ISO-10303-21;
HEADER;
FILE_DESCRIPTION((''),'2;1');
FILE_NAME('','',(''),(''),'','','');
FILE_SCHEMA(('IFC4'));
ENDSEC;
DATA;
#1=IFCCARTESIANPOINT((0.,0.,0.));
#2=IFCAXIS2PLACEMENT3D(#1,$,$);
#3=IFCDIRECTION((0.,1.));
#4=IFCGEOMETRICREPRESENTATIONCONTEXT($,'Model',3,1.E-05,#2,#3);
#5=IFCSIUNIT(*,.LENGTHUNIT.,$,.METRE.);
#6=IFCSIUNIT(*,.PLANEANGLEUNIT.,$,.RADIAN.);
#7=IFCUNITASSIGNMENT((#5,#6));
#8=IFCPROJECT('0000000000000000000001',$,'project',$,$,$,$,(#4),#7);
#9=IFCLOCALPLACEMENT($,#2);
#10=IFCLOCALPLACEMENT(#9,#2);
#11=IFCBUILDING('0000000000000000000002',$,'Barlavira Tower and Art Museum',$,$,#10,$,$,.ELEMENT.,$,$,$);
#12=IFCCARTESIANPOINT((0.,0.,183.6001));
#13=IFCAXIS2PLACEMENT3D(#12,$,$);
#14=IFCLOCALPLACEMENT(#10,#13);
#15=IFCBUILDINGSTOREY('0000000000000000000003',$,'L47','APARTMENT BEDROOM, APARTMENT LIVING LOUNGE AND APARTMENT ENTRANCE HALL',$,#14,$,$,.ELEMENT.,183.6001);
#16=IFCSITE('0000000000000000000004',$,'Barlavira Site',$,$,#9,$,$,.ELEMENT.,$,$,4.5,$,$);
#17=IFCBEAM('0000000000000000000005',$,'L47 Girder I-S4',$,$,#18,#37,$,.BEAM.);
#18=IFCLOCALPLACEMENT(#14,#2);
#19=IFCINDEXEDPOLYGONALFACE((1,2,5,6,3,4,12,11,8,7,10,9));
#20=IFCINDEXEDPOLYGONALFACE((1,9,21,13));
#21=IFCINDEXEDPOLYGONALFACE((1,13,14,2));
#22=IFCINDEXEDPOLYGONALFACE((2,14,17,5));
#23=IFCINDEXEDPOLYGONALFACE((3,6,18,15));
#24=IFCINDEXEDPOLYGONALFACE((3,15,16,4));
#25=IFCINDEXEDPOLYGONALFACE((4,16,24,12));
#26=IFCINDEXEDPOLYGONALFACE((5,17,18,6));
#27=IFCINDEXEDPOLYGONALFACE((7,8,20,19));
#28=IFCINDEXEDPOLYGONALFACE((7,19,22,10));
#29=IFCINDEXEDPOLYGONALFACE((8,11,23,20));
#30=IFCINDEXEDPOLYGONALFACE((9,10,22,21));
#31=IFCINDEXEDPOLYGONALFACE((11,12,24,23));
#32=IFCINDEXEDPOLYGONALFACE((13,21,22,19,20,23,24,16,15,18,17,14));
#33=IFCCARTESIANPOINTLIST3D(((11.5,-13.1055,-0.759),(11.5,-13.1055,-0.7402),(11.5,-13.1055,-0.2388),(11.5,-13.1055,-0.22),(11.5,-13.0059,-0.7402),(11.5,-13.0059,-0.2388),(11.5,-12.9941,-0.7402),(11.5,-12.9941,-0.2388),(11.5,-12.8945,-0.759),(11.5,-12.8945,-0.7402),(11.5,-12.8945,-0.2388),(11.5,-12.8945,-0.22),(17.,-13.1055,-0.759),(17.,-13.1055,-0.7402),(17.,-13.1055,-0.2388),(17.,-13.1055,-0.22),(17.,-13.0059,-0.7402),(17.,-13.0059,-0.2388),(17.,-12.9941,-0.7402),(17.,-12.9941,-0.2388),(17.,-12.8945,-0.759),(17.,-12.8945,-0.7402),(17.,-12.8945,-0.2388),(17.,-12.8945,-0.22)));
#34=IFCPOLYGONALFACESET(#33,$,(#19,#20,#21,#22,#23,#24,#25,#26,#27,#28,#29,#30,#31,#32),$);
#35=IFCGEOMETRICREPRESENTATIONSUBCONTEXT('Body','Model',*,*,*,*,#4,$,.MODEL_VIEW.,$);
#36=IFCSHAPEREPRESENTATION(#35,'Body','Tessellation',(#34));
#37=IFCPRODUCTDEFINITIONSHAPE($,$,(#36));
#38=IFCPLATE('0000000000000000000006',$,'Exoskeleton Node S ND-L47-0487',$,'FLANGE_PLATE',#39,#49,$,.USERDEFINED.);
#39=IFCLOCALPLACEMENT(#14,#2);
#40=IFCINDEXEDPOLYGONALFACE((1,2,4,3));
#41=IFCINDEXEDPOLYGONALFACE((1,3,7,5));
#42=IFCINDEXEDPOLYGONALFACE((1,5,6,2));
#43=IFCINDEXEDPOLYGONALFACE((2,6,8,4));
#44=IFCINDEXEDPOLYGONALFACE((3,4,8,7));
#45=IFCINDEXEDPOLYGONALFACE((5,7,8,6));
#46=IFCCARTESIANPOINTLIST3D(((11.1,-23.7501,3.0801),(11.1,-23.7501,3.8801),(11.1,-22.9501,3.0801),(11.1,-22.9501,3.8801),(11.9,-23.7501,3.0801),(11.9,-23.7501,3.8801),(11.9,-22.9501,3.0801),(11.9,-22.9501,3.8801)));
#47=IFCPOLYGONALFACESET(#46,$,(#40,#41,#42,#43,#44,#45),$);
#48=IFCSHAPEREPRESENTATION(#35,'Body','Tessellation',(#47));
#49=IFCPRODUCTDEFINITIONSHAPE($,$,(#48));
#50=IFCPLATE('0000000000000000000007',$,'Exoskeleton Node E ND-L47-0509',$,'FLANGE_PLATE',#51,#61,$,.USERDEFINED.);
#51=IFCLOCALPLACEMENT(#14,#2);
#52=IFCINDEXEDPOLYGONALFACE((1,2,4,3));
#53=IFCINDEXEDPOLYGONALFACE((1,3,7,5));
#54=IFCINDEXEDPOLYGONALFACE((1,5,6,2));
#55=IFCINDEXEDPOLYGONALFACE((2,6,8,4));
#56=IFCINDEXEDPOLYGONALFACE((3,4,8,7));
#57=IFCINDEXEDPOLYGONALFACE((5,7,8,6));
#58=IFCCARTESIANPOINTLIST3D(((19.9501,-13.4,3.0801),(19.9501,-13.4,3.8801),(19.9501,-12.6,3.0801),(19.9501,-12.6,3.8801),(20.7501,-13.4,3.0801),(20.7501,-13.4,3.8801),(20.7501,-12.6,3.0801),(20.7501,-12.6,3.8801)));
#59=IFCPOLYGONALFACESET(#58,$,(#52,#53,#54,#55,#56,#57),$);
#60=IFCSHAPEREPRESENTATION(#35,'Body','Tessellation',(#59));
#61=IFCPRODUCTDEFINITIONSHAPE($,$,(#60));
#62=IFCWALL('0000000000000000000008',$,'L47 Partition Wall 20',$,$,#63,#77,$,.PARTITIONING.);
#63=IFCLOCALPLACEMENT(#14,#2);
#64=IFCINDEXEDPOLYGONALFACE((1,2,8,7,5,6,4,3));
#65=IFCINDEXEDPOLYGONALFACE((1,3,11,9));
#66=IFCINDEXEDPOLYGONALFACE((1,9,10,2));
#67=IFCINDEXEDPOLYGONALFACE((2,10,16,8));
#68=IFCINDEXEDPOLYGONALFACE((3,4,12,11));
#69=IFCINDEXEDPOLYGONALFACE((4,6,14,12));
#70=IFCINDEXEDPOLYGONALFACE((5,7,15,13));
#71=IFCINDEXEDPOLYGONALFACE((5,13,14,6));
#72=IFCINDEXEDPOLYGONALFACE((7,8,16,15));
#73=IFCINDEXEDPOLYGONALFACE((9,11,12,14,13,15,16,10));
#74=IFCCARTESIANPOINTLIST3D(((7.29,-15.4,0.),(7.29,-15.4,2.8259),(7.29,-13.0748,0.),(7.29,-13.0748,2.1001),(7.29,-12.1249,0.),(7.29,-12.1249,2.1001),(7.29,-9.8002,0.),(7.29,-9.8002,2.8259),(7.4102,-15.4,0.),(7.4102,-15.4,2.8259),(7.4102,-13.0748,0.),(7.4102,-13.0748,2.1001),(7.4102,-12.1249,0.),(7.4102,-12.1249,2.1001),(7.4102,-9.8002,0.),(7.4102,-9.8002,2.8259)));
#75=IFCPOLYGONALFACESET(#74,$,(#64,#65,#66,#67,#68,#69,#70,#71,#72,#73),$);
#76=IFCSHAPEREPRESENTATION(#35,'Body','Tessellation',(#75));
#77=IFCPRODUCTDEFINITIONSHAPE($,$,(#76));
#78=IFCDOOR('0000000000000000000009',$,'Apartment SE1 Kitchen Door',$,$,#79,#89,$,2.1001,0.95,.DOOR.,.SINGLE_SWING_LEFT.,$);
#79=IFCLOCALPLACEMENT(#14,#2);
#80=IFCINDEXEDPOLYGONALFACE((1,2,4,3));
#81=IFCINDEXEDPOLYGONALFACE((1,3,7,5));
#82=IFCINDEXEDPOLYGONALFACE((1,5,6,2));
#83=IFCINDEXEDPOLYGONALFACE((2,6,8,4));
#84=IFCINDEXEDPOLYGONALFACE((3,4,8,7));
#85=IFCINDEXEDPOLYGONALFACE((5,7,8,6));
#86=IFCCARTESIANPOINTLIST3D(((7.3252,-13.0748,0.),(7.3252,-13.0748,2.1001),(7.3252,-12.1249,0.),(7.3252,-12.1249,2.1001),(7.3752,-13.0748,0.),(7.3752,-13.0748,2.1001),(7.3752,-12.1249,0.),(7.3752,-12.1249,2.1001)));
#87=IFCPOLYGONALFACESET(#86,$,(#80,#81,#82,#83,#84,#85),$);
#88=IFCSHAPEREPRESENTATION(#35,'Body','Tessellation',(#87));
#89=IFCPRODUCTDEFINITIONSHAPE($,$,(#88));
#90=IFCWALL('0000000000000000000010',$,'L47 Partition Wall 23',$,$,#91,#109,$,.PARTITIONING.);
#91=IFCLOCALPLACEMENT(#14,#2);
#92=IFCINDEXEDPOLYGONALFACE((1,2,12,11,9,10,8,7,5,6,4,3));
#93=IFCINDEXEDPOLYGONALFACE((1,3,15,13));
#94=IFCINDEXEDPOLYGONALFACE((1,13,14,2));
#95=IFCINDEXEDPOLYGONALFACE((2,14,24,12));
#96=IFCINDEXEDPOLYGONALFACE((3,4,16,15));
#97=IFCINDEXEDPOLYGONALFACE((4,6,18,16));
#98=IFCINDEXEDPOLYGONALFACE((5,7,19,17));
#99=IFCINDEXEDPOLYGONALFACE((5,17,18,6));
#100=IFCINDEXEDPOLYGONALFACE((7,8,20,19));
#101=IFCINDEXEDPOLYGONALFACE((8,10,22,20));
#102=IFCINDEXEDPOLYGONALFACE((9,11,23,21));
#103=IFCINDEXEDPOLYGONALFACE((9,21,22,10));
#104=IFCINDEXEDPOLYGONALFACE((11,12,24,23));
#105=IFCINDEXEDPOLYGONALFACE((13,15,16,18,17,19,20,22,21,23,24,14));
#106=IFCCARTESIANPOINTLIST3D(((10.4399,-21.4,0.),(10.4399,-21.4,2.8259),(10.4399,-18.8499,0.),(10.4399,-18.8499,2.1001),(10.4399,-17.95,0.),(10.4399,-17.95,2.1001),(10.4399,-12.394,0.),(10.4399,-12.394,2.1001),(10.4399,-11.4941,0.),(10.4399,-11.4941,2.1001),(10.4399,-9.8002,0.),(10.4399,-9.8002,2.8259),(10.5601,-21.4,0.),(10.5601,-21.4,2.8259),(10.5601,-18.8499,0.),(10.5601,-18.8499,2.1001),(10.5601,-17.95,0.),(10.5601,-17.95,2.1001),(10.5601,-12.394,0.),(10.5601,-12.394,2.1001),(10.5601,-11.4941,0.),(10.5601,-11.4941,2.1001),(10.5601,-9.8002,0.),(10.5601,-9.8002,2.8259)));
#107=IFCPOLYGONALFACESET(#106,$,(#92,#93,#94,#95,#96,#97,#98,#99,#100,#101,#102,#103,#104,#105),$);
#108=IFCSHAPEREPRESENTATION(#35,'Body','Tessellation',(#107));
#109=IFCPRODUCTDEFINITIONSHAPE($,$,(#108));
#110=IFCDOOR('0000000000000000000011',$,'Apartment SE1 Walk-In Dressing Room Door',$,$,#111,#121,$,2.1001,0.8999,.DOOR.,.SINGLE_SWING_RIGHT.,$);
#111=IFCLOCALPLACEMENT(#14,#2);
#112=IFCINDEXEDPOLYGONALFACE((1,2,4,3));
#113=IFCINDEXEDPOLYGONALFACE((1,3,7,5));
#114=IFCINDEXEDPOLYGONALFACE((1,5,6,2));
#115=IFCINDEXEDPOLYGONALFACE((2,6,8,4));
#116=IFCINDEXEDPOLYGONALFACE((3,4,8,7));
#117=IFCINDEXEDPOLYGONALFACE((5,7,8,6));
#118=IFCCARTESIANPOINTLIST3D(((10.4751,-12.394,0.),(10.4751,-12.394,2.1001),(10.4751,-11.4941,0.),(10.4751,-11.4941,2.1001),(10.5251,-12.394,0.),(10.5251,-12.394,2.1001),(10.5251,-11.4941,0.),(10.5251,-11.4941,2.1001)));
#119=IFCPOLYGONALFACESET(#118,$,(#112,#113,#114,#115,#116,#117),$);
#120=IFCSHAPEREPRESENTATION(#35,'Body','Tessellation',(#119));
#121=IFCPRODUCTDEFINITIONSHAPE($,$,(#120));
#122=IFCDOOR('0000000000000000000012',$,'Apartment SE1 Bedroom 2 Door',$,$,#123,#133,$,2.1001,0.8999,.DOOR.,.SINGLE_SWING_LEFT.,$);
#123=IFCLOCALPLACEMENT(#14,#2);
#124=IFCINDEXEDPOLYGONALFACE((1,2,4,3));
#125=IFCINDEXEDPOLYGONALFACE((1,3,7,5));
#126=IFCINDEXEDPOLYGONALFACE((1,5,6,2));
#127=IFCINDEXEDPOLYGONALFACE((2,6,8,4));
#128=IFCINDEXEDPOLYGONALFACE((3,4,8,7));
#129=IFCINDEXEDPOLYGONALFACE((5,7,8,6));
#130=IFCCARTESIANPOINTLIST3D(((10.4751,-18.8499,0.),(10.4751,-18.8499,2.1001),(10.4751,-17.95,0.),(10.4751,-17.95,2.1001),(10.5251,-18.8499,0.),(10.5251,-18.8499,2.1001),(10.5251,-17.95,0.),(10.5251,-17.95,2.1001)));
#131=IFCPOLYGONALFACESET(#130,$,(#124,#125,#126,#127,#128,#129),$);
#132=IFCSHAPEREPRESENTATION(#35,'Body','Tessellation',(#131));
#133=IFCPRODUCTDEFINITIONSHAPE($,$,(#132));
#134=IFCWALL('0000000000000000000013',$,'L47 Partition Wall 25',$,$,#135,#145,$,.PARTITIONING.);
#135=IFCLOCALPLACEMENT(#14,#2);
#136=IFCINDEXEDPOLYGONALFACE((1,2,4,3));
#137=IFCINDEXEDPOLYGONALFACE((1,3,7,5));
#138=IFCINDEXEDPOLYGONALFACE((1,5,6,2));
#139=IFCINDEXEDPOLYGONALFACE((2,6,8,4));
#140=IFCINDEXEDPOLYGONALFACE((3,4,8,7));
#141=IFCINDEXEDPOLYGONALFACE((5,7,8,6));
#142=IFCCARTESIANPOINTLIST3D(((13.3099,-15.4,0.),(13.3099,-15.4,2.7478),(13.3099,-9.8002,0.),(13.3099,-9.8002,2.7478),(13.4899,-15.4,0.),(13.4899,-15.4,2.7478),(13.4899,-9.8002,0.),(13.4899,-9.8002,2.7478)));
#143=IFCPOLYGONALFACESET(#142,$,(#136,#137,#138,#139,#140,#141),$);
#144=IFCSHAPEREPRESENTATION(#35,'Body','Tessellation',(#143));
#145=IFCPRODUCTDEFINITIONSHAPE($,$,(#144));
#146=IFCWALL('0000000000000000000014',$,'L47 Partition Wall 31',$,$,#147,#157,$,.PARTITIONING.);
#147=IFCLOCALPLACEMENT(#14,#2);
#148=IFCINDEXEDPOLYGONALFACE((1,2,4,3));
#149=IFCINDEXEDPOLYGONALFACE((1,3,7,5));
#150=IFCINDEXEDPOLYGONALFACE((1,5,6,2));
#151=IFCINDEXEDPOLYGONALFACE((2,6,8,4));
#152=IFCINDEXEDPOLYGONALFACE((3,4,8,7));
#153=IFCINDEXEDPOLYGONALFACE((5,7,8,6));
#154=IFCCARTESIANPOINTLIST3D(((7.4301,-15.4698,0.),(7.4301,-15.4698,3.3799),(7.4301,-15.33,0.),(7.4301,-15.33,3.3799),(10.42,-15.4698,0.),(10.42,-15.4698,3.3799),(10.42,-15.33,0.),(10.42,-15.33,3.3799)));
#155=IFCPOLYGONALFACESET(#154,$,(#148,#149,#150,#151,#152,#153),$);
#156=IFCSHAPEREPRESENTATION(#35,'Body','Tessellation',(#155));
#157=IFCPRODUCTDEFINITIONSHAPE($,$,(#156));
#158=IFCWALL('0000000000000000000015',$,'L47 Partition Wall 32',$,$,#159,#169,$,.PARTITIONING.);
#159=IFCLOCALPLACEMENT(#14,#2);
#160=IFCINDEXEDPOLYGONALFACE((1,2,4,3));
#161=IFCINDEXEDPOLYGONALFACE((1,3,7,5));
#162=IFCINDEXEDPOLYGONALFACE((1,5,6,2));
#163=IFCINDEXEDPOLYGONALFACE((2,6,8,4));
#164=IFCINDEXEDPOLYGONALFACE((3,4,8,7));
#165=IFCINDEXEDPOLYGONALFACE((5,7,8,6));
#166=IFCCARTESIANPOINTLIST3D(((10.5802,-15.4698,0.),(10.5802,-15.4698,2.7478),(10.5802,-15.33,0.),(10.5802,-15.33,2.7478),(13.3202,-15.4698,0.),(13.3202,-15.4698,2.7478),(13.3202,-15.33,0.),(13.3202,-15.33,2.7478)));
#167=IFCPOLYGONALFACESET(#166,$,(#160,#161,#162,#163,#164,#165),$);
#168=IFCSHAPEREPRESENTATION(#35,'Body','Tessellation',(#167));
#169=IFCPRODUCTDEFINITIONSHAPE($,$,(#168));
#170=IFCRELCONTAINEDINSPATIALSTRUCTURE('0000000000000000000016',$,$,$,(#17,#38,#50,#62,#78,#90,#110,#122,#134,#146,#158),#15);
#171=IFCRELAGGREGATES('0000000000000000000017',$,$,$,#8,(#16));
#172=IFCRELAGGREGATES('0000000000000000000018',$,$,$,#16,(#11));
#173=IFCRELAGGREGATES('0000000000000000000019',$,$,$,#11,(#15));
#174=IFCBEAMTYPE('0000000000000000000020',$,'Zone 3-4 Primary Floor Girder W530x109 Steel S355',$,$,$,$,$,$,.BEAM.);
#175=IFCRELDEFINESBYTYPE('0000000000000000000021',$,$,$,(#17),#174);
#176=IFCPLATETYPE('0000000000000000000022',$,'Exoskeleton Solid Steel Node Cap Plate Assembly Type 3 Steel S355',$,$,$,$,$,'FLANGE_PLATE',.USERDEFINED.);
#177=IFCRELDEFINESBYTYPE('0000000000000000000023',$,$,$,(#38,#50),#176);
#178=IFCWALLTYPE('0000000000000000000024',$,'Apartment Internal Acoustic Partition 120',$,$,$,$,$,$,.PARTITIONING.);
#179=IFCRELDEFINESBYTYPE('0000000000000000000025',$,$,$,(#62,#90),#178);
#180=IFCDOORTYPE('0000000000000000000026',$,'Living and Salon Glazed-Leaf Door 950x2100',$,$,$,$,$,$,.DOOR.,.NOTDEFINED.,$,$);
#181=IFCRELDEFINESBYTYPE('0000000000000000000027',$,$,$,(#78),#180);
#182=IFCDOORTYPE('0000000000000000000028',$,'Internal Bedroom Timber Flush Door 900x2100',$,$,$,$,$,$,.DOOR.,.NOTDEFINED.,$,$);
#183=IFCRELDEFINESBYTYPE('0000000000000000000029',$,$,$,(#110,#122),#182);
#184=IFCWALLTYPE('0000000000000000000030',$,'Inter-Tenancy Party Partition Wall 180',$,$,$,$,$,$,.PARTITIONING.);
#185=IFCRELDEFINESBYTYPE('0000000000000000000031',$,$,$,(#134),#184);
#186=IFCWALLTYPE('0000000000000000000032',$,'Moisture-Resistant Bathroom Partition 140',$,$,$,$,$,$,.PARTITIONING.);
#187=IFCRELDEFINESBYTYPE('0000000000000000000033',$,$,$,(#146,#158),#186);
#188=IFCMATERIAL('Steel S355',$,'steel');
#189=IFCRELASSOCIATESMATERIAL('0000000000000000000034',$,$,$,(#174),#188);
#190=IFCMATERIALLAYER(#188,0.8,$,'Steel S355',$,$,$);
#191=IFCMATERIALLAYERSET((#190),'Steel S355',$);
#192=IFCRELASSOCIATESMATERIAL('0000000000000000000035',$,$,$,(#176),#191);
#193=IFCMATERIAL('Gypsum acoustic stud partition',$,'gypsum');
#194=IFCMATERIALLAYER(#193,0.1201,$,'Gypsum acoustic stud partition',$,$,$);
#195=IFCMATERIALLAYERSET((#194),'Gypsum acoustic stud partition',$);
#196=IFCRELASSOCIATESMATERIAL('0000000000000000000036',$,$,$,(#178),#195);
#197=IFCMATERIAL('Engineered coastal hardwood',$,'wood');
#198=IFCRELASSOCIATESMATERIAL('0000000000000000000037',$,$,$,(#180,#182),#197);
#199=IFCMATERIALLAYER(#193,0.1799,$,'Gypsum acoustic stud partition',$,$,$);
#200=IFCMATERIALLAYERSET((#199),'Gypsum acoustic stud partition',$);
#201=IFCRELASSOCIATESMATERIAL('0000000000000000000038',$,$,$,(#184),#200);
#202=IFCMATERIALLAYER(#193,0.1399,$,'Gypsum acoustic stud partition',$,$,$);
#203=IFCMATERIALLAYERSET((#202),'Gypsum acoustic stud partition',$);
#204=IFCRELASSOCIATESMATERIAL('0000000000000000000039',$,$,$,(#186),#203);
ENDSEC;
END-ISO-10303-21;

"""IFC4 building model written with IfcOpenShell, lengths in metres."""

from ifc_helpers import new_model, si_unit, direction, frame, frame_2d, origin, origin_2d, place, context, subcontext, project, spatial, rectangle, i_section, extrude, material, layer, layer_set, material_profile, profile_set, type_object, element, fill, save


model = new_model("IFC4")

# Units and contexts
model_context = context("Model", 3, precision=1e-05, world=origin(), true_north=direction((0.0, 1.0)))
body_context = subcontext(model_context, "Body", "Model", "MODEL_VIEW")
ifc_project = project(units=[si_unit("LENGTHUNIT", "METRE"), si_unit("PLANEANGLEUNIT", "RADIAN")], contexts=[model_context])

# Site, building, storey
site_placement = place(None, origin())
site = spatial("IfcSite", under=ifc_project, at=site_placement, Name="Barlavira Site", CompositionType="ELEMENT", RefElevation=4.5)
building_placement = place(site_placement, origin())
building = spatial("IfcBuilding", under=site, at=building_placement, Name="Barlavira Tower and Art Museum", CompositionType="ELEMENT")
storey_placement = place(building_placement, frame((0.0, 0.0, 183.6001)))
storey = spatial("IfcBuildingStorey", under=building, at=storey_placement, Name="L47", Description="APARTMENT BEDROOM, APARTMENT LIVING LOUNGE AND APARTMENT ENTRANCE HALL", CompositionType="ELEMENT", Elevation=183.6001)

# Beam
ifc_material_1 = material(Name="Steel S355", Category="steel")
ifc_material_profile_1 = material_profile(ifc_material_1, i_section(OverallWidth=0.2109, OverallDepth=0.5391, WebThickness=0.0117, FlangeThickness=0.0188, at=origin_2d()), Name="W530x109.0")
ifc_profile_set_1 = profile_set([ifc_material_profile_1], Name="Steel S355")
beam_type_1 = type_object("IfcBeamType", Name="Zone 3-4 Primary Floor Girder W530x109 Steel S355", PredefinedType="BEAM", material=ifc_profile_set_1)
beam_1_placement = place(storey_placement, frame((11.5, -13.0, -0.4895), z_axis=(1.0, 0.0, 0.0), x_axis=(0.0, 1.0, 0.0)))
element("IfcBeam", 1, at=beam_1_placement, inside=storey, type_object=beam_type_1, Name="L47 Girder I-S4", PredefinedType="BEAM", context=body_context, shape_type="SweptSolid", body=[
    extrude(i_section(OverallWidth=0.2109, OverallDepth=0.5391, WebThickness=0.0117, FlangeThickness=0.0188, at=origin_2d()), origin(), (0.0, 0.0, 1.0), 5.5),
])

# Plates
ifc_layer_1 = layer(ifc_material_1, 0.8, Name="Steel S355")
ifc_layer_set_1 = layer_set([ifc_layer_1], Name="Steel S355")
plate_type = type_object("IfcPlateType", Name="Exoskeleton Solid Steel Node Cap Plate Assembly Type 3 Steel S355", ElementType="FLANGE_PLATE", PredefinedType="USERDEFINED", material=ifc_layer_set_1)
for number, where, z_axis, x_axis, name in (
    (2, (11.5, -23.3501, 3.0801), (0.0, 0.0, 1.0), (1.0, 0.0, 0.0), "Exoskeleton Node S ND-L47-0487"),
    (3, (20.3501, -13.0, 3.0801), (0.0, 0.0, 1.0), (1.0, 0.0, 0.0), "Exoskeleton Node E ND-L47-0509"),
):
    element("IfcPlate", number, at=place(storey_placement, frame(where, z_axis=z_axis, x_axis=x_axis)), inside=storey, type_object=plate_type, Name=name, ObjectType="FLANGE_PLATE", PredefinedType="USERDEFINED", context=body_context, shape_type="SweptSolid", body=[
        extrude(rectangle(XDim=0.8, YDim=0.8, at=origin_2d()), origin(), (0.0, 0.0, 1.0), 0.8),
    ])

# Wall, opening, door
ifc_material_2 = material(Name="Gypsum acoustic stud partition", Category="gypsum")
ifc_layer_2 = layer(ifc_material_2, 0.1201, Name="Gypsum acoustic stud partition")
ifc_layer_set_2 = layer_set([ifc_layer_2], Name="Gypsum acoustic stud partition")
wall_type_1 = type_object("IfcWallType", Name="Apartment Internal Acoustic Partition 120", PredefinedType="PARTITIONING", material=ifc_layer_set_2)
wall_1_placement = place(storey_placement, frame((7.3501, -15.3999, 0.0), z_axis=(0.0, 0.0, 1.0), x_axis=(0.0, 1.0, 0.0)))
wall_1 = element("IfcWall", 4, at=wall_1_placement, inside=storey, type_object=wall_type_1, Name="L47 Partition Wall 20", PredefinedType="PARTITIONING", context=body_context, shape_type="SweptSolid", body=[
    extrude(rectangle(XDim=5.5999, YDim=0.1201, at=frame_2d((2.7998, 0.0))), origin(), (0.0, 0.0, 1.0), 2.8259),
])
opening_1_placement = place(wall_1_placement, frame((2.325, 0.0, 0.0)))
opening_1 = element("IfcOpeningElement", 5, at=opening_1_placement, cuts=wall_1, PredefinedType="OPENING", context=body_context, shape_type="SweptSolid", body=[
    extrude(rectangle(XDim=0.95, YDim=2.1001, at=frame_2d((0.4751, 1.05))), frame((0.0, 0.0701, 0.0), z_axis=(0.0, -1.0, 0.0), x_axis=(1.0, 0.0, 0.0)), (0.0, 0.0, 1.0), 0.1401),
])
ifc_material_3 = material(Name="Engineered coastal hardwood", Category="wood")
door_type_1 = type_object("IfcDoorType", Name="Living and Salon Glazed-Leaf Door 950x2100", OperationType="NOTDEFINED", PredefinedType="DOOR", material=ifc_material_3)
door_1_placement = place(opening_1_placement, origin())
door_1 = element("IfcDoor", 6, at=door_1_placement, inside=storey, type_object=door_type_1, Name="Apartment SE1 Kitchen Door", OperationType="SINGLE_SWING_LEFT", OverallHeight=2.1001, OverallWidth=0.95, PredefinedType="DOOR", context=body_context, shape_type="SweptSolid", body=[
    extrude(rectangle(XDim=0.95, YDim=2.1001, at=frame_2d((0.4751, 1.05))), frame((0.0, 0.0249, 0.0), z_axis=(0.0, -1.0, 0.0), x_axis=(1.0, 0.0, 0.0)), (0.0, 0.0, 1.0), 0.05),
])
fill(opening_1, door_1)

# Wall, openings, doors
wall_2_placement = place(storey_placement, frame((10.5, -21.3999, 0.0), z_axis=(0.0, 0.0, 1.0), x_axis=(0.0, 1.0, 0.0)))
wall_2 = element("IfcWall", 7, at=wall_2_placement, inside=storey, type_object=wall_type_1, Name="L47 Partition Wall 23", PredefinedType="PARTITIONING", context=body_context, shape_type="SweptSolid", body=[
    extrude(rectangle(XDim=11.5999, YDim=0.1201, at=frame_2d((5.7998, 0.0))), origin(), (0.0, 0.0, 1.0), 2.8259),
])
opening_2_placement = place(wall_2_placement, frame((9.0059, 0.0, 0.0)))
opening_2 = element("IfcOpeningElement", 8, at=opening_2_placement, cuts=wall_2, PredefinedType="OPENING", context=body_context, shape_type="SweptSolid", body=[
    extrude(rectangle(XDim=0.8999, YDim=2.1001, at=frame_2d((0.45, 1.05))), frame((0.0, 0.0701, 0.0), z_axis=(0.0, -1.0, 0.0), x_axis=(1.0, 0.0, 0.0)), (0.0, 0.0, 1.0), 0.1401),
])
opening_3_placement = place(wall_2_placement, frame((2.55, 0.0, 0.0)))
opening_3 = element("IfcOpeningElement", 9, at=opening_3_placement, cuts=wall_2, PredefinedType="OPENING", context=body_context, shape_type="SweptSolid", body=[
    extrude(rectangle(XDim=0.8999, YDim=2.1001, at=frame_2d((0.45, 1.05))), frame((0.0, 0.0701, 0.0), z_axis=(0.0, -1.0, 0.0), x_axis=(1.0, 0.0, 0.0)), (0.0, 0.0, 1.0), 0.1401),
])
door_type_2 = type_object("IfcDoorType", Name="Internal Bedroom Timber Flush Door 900x2100", OperationType="NOTDEFINED", PredefinedType="DOOR", material=ifc_material_3)
door_2_placement = place(opening_2_placement, origin())
door_2 = element("IfcDoor", 10, at=door_2_placement, inside=storey, type_object=door_type_2, Name="Apartment SE1 Walk-In Dressing Room Door", OperationType="SINGLE_SWING_RIGHT", OverallHeight=2.1001, OverallWidth=0.8999, PredefinedType="DOOR", context=body_context, shape_type="SweptSolid", body=[
    extrude(rectangle(XDim=0.8999, YDim=2.1001, at=frame_2d((0.45, 1.05))), frame((0.0, 0.0249, 0.0), z_axis=(0.0, -1.0, 0.0), x_axis=(1.0, 0.0, 0.0)), (0.0, 0.0, 1.0), 0.05),
])
fill(opening_2, door_2)
door_3_placement = place(opening_3_placement, origin())
door_3 = element("IfcDoor", 11, at=door_3_placement, inside=storey, type_object=door_type_2, Name="Apartment SE1 Bedroom 2 Door", OperationType="SINGLE_SWING_LEFT", OverallHeight=2.1001, OverallWidth=0.8999, PredefinedType="DOOR", context=body_context, shape_type="SweptSolid", body=[
    extrude(rectangle(XDim=0.8999, YDim=2.1001, at=frame_2d((0.45, 1.05))), frame((0.0, 0.0249, 0.0), z_axis=(0.0, -1.0, 0.0), x_axis=(1.0, 0.0, 0.0)), (0.0, 0.0, 1.0), 0.05),
])
fill(opening_3, door_3)

# Walls
ifc_layer_3 = layer(ifc_material_2, 0.1799, Name="Gypsum acoustic stud partition")
ifc_layer_set_3 = layer_set([ifc_layer_3], Name="Gypsum acoustic stud partition")
wall_type_2 = type_object("IfcWallType", Name="Inter-Tenancy Party Partition Wall 180", PredefinedType="PARTITIONING", material=ifc_layer_set_3)
wall_3_placement = place(storey_placement, frame((13.3999, -15.3999, 0.0), z_axis=(0.0, 0.0, 1.0), x_axis=(0.0, 1.0, 0.0)))
element("IfcWall", 12, at=wall_3_placement, inside=storey, type_object=wall_type_2, Name="L47 Partition Wall 25", PredefinedType="PARTITIONING", context=body_context, shape_type="SweptSolid", body=[
    extrude(rectangle(XDim=5.5999, YDim=0.1799, at=frame_2d((2.7998, 0.0))), origin(), (0.0, 0.0, 1.0), 2.7478),
])
ifc_layer_4 = layer(ifc_material_2, 0.1399, Name="Gypsum acoustic stud partition")
ifc_layer_set_4 = layer_set([ifc_layer_4], Name="Gypsum acoustic stud partition")
wall_type_3 = type_object("IfcWallType", Name="Moisture-Resistant Bathroom Partition 140", PredefinedType="PARTITIONING", material=ifc_layer_set_4)
wall_4_placement = place(storey_placement, frame((7.4299, -15.3999, 0.0), z_axis=(0.0, 0.0, 1.0), x_axis=(1.0, 0.0, 0.0)))
element("IfcWall", 13, at=wall_4_placement, inside=storey, type_object=wall_type_3, Name="L47 Partition Wall 31", PredefinedType="PARTITIONING", context=body_context, shape_type="SweptSolid", body=[
    extrude(rectangle(XDim=2.99, YDim=0.1399, at=frame_2d((1.4951, 0.0))), origin(), (0.0, 0.0, 1.0), 3.3799),
])
wall_5_placement = place(storey_placement, frame((10.5801, -15.3999, 0.0), z_axis=(0.0, 0.0, 1.0), x_axis=(1.0, 0.0, 0.0)))
element("IfcWall", 14, at=wall_5_placement, inside=storey, type_object=wall_type_3, Name="L47 Partition Wall 32", PredefinedType="PARTITIONING", context=body_context, shape_type="SweptSolid", body=[
    extrude(rectangle(XDim=2.74, YDim=0.1399, at=frame_2d((1.3701, 0.0))), origin(), (0.0, 0.0, 1.0), 2.7478),
])

save(model, "model.ifc")
